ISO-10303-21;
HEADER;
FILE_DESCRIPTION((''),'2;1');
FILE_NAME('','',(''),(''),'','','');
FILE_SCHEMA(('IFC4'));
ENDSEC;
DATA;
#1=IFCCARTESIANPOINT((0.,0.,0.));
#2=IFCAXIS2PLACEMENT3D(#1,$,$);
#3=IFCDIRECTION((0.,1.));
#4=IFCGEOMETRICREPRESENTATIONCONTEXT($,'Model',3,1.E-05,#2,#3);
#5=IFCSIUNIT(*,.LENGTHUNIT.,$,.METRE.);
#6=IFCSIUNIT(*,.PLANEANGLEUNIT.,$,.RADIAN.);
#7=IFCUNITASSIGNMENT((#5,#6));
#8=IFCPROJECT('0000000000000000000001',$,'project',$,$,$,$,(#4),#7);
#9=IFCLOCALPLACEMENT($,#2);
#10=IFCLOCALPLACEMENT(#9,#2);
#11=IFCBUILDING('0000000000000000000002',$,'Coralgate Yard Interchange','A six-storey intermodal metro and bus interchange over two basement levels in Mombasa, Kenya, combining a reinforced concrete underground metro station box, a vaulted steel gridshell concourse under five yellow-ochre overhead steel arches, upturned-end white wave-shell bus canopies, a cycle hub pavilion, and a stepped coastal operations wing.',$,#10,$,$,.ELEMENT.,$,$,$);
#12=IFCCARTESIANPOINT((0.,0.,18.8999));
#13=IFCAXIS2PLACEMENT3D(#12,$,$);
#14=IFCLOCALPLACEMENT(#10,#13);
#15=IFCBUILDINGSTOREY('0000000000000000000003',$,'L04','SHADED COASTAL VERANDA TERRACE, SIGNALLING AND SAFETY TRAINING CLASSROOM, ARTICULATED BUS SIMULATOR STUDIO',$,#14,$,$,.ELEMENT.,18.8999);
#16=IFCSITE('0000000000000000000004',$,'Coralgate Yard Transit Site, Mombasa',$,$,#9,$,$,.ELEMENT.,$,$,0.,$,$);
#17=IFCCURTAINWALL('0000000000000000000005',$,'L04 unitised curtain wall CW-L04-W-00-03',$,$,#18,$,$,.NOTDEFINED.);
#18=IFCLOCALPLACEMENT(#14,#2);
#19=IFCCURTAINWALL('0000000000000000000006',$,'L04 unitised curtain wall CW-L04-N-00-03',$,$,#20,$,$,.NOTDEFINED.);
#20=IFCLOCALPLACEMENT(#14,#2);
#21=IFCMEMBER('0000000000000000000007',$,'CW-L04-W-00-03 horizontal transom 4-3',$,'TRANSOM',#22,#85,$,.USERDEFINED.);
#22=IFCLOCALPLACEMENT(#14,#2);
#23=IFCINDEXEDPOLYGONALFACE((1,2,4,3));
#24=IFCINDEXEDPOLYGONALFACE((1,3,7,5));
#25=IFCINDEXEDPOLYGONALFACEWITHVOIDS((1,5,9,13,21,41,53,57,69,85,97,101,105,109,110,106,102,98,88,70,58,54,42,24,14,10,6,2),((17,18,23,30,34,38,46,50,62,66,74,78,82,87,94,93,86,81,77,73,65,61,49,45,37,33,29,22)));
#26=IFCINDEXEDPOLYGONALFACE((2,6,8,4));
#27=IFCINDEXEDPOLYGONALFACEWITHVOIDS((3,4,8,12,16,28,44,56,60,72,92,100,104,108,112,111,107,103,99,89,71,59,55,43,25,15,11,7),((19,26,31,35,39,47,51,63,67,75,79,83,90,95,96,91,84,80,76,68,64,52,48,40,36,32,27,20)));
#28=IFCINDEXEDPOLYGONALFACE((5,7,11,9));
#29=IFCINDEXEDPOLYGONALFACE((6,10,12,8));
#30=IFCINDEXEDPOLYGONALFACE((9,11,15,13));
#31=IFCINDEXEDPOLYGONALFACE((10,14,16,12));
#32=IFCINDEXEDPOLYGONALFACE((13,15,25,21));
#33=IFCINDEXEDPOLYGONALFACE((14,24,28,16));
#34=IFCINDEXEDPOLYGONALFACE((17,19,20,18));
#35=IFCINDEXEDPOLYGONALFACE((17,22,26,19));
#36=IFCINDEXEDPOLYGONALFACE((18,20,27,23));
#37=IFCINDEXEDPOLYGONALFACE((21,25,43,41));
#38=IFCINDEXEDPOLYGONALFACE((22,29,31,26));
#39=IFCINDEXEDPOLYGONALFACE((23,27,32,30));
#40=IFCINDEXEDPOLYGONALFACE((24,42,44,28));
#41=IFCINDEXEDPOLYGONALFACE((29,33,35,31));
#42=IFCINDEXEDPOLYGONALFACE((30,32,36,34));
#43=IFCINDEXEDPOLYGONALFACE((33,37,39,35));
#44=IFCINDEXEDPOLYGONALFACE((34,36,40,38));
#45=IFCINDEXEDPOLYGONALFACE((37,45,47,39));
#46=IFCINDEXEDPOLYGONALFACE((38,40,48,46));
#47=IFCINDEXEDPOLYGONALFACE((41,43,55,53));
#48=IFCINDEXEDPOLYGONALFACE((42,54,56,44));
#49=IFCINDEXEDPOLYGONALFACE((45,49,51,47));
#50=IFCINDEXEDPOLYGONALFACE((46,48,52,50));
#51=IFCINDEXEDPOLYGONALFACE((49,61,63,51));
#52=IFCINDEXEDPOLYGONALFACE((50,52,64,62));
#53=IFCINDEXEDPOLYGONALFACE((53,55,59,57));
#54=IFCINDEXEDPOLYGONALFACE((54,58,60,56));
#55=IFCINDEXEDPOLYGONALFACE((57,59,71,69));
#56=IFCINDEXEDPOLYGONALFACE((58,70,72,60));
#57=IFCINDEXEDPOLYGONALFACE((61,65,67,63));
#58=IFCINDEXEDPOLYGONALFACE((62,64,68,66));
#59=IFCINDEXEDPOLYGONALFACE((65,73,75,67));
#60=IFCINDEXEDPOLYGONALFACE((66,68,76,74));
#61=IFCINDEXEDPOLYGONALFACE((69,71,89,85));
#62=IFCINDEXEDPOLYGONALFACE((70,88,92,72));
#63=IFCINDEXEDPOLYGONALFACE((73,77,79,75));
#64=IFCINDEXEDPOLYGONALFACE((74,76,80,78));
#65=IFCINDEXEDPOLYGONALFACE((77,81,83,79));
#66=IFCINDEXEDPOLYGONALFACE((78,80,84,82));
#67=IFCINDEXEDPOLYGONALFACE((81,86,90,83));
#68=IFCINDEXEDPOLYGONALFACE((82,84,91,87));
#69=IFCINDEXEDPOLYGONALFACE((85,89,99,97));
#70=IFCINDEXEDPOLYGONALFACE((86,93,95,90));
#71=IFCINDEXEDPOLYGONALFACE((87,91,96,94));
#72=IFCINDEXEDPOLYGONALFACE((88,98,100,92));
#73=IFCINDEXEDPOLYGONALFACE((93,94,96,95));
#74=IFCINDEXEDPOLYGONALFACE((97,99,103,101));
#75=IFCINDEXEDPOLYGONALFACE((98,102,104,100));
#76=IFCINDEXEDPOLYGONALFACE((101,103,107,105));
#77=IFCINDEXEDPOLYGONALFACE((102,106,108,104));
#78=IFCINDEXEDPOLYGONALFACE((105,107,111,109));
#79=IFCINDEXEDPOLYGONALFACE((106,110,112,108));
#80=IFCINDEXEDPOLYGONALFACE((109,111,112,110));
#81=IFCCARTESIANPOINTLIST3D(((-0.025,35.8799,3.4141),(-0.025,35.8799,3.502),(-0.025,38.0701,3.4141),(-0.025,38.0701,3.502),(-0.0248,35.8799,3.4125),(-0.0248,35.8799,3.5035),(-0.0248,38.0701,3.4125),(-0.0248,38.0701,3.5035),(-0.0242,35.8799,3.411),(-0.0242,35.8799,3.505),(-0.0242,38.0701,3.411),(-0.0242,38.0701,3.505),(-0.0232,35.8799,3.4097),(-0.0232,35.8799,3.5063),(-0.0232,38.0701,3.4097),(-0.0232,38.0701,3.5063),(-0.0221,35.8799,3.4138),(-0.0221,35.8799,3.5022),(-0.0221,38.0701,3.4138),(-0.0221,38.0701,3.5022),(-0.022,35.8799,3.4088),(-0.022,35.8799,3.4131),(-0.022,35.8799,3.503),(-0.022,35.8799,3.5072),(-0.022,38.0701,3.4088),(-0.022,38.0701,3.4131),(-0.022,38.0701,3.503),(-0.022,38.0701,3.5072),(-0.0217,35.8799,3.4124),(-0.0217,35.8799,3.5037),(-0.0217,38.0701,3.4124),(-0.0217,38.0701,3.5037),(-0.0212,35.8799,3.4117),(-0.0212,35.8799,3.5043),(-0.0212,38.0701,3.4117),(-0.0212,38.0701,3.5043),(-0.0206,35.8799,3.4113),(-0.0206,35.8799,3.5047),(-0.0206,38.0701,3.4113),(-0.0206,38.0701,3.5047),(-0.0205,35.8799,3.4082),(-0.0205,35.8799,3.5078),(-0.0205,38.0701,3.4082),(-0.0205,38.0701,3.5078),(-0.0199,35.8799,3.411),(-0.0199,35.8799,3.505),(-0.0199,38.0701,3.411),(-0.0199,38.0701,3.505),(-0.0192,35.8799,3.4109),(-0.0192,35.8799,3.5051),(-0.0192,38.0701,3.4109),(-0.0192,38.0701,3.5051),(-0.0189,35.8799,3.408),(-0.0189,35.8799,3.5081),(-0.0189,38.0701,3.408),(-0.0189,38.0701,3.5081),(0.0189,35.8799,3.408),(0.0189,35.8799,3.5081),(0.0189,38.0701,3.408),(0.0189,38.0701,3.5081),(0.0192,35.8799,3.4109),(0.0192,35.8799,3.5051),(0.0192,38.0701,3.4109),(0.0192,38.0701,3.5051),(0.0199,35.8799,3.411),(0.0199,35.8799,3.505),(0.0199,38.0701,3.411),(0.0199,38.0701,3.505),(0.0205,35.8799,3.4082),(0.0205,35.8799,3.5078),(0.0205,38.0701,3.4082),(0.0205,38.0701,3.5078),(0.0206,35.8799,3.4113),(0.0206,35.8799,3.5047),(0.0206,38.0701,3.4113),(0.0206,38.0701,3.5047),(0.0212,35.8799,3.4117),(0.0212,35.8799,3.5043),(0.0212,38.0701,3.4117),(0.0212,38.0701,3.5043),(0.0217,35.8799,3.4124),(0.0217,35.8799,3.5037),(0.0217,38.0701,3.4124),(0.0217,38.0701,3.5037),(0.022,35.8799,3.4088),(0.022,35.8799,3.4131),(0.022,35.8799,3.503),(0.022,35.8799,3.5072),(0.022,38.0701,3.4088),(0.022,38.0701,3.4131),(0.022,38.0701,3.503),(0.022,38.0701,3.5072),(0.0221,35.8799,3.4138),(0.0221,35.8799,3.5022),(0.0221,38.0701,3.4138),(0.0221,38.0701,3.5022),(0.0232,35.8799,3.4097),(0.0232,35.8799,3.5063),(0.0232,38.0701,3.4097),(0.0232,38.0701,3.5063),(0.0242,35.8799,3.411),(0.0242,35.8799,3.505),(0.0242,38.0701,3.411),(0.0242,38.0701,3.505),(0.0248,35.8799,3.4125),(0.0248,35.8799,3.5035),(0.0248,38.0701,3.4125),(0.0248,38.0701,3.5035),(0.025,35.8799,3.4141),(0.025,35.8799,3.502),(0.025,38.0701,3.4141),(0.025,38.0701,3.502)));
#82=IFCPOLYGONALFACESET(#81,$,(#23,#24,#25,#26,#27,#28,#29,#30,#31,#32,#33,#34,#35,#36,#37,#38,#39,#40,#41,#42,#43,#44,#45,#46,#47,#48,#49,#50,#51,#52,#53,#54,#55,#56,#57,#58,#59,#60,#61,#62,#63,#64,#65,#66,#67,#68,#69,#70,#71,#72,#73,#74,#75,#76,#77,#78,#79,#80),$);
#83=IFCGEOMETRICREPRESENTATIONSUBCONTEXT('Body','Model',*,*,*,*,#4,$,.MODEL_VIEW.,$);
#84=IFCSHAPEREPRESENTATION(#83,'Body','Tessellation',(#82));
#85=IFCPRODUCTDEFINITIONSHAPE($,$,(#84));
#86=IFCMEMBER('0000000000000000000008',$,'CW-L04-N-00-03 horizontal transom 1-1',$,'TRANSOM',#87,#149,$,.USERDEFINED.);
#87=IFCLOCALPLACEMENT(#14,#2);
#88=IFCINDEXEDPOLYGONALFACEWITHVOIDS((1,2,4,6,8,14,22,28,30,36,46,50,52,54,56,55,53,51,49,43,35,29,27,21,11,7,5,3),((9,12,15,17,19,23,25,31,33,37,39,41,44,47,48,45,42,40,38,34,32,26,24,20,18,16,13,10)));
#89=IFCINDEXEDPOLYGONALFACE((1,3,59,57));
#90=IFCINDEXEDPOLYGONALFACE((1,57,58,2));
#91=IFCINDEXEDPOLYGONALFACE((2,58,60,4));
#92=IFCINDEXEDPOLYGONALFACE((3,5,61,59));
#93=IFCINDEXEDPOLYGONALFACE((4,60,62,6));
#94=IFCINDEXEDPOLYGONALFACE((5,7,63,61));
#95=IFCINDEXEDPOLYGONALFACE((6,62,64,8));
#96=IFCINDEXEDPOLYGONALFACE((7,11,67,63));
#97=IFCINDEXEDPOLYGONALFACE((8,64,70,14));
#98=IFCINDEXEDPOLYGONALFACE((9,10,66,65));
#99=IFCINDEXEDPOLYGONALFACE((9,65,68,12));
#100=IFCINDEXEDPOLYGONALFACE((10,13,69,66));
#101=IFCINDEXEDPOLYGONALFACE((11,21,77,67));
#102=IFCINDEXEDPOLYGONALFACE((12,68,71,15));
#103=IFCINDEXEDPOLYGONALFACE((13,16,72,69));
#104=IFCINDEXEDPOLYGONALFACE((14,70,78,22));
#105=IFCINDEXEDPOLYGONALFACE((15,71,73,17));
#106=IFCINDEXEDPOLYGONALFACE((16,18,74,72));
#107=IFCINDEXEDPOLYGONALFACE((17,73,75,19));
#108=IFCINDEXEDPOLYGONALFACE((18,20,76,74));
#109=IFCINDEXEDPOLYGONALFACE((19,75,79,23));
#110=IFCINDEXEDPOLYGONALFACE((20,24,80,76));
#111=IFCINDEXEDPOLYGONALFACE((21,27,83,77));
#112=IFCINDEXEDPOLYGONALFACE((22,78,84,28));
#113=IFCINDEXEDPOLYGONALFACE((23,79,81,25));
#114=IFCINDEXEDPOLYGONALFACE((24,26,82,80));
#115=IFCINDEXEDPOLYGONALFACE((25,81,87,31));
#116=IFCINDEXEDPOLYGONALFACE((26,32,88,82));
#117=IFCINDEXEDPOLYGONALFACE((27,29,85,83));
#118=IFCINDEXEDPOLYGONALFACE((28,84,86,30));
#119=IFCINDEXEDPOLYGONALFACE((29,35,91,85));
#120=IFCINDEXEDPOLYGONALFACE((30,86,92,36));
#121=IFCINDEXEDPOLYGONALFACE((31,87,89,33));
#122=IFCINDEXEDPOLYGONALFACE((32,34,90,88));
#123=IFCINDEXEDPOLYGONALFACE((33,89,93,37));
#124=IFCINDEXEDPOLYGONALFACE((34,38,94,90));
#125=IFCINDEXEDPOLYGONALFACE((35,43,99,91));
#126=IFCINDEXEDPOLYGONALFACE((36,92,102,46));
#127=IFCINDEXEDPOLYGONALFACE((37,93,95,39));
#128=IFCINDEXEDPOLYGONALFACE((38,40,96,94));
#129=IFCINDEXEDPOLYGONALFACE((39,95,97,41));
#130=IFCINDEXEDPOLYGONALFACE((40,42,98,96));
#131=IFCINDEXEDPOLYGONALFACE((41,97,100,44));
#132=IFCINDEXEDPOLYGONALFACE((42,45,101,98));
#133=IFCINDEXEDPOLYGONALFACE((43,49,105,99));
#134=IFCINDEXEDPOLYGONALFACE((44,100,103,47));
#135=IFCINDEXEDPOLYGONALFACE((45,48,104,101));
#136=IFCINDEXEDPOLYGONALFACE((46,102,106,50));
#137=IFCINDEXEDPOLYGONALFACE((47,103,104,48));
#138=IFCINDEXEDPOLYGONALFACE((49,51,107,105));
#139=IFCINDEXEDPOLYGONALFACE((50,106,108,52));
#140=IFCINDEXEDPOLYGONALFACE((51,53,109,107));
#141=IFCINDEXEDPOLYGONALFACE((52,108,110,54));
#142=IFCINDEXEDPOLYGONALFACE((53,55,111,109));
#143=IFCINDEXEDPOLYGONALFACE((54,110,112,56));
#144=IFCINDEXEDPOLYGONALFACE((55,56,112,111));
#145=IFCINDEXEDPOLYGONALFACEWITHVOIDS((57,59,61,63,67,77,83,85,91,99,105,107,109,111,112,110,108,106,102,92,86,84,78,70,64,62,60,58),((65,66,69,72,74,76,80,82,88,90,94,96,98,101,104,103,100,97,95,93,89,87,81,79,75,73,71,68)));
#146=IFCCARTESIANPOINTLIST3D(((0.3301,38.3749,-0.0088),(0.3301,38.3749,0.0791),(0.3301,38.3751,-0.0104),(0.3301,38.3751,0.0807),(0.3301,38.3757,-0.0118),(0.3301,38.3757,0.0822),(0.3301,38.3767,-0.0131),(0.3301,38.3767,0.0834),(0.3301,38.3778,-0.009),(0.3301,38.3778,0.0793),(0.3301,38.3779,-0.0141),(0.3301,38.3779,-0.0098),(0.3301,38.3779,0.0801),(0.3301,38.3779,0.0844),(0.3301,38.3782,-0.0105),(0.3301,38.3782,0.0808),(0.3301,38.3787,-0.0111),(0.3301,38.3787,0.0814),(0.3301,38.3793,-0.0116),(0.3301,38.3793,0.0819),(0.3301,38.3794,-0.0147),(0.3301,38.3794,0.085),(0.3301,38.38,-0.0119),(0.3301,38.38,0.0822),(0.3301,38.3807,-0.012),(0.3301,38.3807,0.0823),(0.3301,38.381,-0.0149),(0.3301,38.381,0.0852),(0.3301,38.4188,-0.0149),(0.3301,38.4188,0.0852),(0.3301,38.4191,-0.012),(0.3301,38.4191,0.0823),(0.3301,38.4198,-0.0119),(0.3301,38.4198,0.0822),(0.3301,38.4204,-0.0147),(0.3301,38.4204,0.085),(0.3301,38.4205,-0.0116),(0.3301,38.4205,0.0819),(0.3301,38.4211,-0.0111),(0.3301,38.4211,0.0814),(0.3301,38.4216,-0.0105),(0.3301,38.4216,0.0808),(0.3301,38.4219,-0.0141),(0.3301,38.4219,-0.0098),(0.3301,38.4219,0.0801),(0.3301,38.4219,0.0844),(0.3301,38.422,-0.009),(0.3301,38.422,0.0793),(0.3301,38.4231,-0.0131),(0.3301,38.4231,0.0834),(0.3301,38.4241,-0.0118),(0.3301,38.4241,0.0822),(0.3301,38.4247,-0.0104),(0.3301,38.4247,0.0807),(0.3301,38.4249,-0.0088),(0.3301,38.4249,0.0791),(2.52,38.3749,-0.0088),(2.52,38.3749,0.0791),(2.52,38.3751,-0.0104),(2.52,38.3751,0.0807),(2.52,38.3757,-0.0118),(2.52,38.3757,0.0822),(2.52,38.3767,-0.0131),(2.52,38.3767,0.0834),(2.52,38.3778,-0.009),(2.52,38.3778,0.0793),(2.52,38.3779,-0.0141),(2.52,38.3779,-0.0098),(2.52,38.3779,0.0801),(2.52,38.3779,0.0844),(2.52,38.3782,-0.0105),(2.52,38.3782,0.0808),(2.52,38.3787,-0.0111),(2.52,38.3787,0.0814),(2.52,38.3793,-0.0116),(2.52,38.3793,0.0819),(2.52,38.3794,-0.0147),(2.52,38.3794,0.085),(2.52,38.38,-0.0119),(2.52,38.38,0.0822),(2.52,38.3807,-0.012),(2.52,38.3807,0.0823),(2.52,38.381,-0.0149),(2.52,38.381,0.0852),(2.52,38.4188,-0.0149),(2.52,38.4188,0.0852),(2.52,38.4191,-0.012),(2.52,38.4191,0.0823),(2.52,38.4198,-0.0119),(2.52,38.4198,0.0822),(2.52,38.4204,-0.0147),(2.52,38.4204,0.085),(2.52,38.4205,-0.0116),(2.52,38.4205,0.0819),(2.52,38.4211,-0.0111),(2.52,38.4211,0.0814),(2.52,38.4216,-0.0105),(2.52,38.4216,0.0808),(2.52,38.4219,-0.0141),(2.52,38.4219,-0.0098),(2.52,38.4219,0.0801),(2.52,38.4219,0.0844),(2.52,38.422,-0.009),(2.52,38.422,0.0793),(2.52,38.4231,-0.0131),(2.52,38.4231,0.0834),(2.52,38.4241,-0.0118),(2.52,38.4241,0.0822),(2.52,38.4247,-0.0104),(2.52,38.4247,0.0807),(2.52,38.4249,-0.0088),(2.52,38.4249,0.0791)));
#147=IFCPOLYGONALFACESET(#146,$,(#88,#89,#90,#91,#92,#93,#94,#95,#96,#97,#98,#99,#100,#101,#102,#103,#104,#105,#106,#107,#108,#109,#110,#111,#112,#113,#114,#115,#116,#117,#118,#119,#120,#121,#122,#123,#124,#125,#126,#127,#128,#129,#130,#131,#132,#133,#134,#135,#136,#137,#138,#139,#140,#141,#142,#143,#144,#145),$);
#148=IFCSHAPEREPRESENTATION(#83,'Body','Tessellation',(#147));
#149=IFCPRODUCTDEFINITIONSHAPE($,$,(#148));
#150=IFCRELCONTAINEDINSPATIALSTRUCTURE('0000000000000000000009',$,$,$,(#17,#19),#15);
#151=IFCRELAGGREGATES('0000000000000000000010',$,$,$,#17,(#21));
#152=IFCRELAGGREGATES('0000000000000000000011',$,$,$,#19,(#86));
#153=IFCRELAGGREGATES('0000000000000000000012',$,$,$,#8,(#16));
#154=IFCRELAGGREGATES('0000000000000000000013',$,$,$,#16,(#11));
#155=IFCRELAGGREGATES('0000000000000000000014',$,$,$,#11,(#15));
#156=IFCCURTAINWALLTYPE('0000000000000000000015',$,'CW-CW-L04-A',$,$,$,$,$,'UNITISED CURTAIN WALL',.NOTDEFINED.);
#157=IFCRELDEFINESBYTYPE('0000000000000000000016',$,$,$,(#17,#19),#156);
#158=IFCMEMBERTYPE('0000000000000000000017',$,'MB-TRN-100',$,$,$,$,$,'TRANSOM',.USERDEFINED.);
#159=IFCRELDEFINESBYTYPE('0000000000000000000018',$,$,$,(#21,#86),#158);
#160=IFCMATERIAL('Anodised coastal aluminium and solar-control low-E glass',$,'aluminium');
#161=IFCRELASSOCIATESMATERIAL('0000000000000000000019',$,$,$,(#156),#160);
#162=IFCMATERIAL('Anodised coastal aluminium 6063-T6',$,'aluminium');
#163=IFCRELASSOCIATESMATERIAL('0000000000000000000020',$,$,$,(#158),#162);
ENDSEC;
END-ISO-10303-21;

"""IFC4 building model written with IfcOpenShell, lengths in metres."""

from ifc_helpers import new_model, si_unit, direction, frame, origin, origin_2d, place, context, subcontext, project, spatial, hollow_rectangle, extrude, material, material_profile, profile_set, type_object, element, aggregate, save


model = new_model("IFC4")

# Units and contexts
model_context = context("Model", 3, precision=1e-05, world=origin(), true_north=direction((0.0, 1.0)))
body_context = subcontext(model_context, "Body", "Model", "MODEL_VIEW")
ifc_project = project(units=[si_unit("LENGTHUNIT", "METRE"), si_unit("PLANEANGLEUNIT", "RADIAN")], contexts=[model_context])

# Site, building, storey
site_placement = place(None, origin())
site = spatial("IfcSite", under=ifc_project, at=site_placement, Name="Coralgate Yard Transit Site, Mombasa", CompositionType="ELEMENT", RefElevation=0.0)
building_placement = place(site_placement, origin())
building = spatial("IfcBuilding", under=site, at=building_placement, Name="Coralgate Yard Interchange", Description="A six-storey intermodal metro and bus interchange over two basement levels in Mombasa, Kenya, combining a reinforced concrete underground metro station box, a vaulted steel gridshell concourse under five yellow-ochre overhead steel arches, upturned-end white wave-shell bus canopies, a cycle hub pavilion, and a stepped coastal operations wing.", CompositionType="ELEMENT")
storey_placement = place(building_placement, frame((0.0, 0.0, 18.8999)))
storey = spatial("IfcBuildingStorey", under=building, at=storey_placement, Name="L04", Description="SHADED COASTAL VERANDA TERRACE, SIGNALLING AND SAFETY TRAINING CLASSROOM, ARTICULATED BUS SIMULATOR STUDIO", CompositionType="ELEMENT", Elevation=18.8999)

# Curtain walls
ifc_material_1 = material(Name="Anodised coastal aluminium and solar-control low-E glass", Category="aluminium")
curtain_wall_type = type_object("IfcCurtainWallType", Name="CW-CW-L04-A", ElementType="UNITISED CURTAIN WALL", PredefinedType="NOTDEFINED", material=ifc_material_1)
curtain_wall_1_placement = place(storey_placement, origin())
curtain_wall_1 = element("IfcCurtainWall", 1, at=curtain_wall_1_placement, inside=storey, type_object=curtain_wall_type, Name="L04 unitised curtain wall CW-L04-W-00-03", PredefinedType="NOTDEFINED")
ifc_material_2 = material(Name="Anodised coastal aluminium 6063-T6", Category="aluminium")
curtain_wall_2_placement = place(storey_placement, origin())
curtain_wall_2 = element("IfcCurtainWall", 2, at=curtain_wall_2_placement, inside=storey, type_object=curtain_wall_type, Name="L04 unitised curtain wall CW-L04-N-00-03", PredefinedType="NOTDEFINED")

# Members
ifc_material_profile_1 = material_profile(ifc_material_2, hollow_rectangle(XDim=0.05, YDim=0.1001, WallThickness=0.0029, InnerFilletRadius=0.0029, OuterFilletRadius=0.0061, at=origin_2d()), Name="ALU 50x100x3")
ifc_profile_set_1 = profile_set([ifc_material_profile_1], Name="Anodised coastal aluminium 6063-T6")
member_type_1 = type_object("IfcMemberType", Name="MB-TRN-100", ElementType="TRANSOM", PredefinedType="USERDEFINED", material=ifc_profile_set_1)
member_1_placement = place(storey_placement, frame((0.0, 35.8799, 3.458), z_axis=(0.0, 1.0, 0.0), x_axis=(-1.0, 0.0, 0.0)))
member_1 = element("IfcMember", 3, at=member_1_placement, type_object=member_type_1, Name="CW-L04-W-00-03 horizontal transom 4-3", ObjectType="TRANSOM", PredefinedType="USERDEFINED", context=body_context, shape_type="SweptSolid", body=[
    extrude(hollow_rectangle(XDim=0.05, YDim=0.1001, WallThickness=0.0029, InnerFilletRadius=0.0029, OuterFilletRadius=0.0061, at=origin_2d()), origin(), (0.0, 0.0, 1.0), 2.1902),
])
member_2_placement = place(storey_placement, frame((0.3301, 38.3999, 0.0352), z_axis=(1.0, 0.0, 0.0), x_axis=(0.0, 1.0, 0.0)))
member_2 = element("IfcMember", 4, at=member_2_placement, type_object=member_type_1, Name="CW-L04-N-00-03 horizontal transom 1-1", ObjectType="TRANSOM", PredefinedType="USERDEFINED", context=body_context, shape_type="SweptSolid", body=[
    extrude(hollow_rectangle(XDim=0.05, YDim=0.1001, WallThickness=0.0029, InnerFilletRadius=0.0029, OuterFilletRadius=0.0061, at=origin_2d()), origin(), (0.0, 0.0, 1.0), 2.1899),
])

aggregate(curtain_wall_1, [member_1])
aggregate(curtain_wall_2, [member_2])

save(model, "model.ifc")
